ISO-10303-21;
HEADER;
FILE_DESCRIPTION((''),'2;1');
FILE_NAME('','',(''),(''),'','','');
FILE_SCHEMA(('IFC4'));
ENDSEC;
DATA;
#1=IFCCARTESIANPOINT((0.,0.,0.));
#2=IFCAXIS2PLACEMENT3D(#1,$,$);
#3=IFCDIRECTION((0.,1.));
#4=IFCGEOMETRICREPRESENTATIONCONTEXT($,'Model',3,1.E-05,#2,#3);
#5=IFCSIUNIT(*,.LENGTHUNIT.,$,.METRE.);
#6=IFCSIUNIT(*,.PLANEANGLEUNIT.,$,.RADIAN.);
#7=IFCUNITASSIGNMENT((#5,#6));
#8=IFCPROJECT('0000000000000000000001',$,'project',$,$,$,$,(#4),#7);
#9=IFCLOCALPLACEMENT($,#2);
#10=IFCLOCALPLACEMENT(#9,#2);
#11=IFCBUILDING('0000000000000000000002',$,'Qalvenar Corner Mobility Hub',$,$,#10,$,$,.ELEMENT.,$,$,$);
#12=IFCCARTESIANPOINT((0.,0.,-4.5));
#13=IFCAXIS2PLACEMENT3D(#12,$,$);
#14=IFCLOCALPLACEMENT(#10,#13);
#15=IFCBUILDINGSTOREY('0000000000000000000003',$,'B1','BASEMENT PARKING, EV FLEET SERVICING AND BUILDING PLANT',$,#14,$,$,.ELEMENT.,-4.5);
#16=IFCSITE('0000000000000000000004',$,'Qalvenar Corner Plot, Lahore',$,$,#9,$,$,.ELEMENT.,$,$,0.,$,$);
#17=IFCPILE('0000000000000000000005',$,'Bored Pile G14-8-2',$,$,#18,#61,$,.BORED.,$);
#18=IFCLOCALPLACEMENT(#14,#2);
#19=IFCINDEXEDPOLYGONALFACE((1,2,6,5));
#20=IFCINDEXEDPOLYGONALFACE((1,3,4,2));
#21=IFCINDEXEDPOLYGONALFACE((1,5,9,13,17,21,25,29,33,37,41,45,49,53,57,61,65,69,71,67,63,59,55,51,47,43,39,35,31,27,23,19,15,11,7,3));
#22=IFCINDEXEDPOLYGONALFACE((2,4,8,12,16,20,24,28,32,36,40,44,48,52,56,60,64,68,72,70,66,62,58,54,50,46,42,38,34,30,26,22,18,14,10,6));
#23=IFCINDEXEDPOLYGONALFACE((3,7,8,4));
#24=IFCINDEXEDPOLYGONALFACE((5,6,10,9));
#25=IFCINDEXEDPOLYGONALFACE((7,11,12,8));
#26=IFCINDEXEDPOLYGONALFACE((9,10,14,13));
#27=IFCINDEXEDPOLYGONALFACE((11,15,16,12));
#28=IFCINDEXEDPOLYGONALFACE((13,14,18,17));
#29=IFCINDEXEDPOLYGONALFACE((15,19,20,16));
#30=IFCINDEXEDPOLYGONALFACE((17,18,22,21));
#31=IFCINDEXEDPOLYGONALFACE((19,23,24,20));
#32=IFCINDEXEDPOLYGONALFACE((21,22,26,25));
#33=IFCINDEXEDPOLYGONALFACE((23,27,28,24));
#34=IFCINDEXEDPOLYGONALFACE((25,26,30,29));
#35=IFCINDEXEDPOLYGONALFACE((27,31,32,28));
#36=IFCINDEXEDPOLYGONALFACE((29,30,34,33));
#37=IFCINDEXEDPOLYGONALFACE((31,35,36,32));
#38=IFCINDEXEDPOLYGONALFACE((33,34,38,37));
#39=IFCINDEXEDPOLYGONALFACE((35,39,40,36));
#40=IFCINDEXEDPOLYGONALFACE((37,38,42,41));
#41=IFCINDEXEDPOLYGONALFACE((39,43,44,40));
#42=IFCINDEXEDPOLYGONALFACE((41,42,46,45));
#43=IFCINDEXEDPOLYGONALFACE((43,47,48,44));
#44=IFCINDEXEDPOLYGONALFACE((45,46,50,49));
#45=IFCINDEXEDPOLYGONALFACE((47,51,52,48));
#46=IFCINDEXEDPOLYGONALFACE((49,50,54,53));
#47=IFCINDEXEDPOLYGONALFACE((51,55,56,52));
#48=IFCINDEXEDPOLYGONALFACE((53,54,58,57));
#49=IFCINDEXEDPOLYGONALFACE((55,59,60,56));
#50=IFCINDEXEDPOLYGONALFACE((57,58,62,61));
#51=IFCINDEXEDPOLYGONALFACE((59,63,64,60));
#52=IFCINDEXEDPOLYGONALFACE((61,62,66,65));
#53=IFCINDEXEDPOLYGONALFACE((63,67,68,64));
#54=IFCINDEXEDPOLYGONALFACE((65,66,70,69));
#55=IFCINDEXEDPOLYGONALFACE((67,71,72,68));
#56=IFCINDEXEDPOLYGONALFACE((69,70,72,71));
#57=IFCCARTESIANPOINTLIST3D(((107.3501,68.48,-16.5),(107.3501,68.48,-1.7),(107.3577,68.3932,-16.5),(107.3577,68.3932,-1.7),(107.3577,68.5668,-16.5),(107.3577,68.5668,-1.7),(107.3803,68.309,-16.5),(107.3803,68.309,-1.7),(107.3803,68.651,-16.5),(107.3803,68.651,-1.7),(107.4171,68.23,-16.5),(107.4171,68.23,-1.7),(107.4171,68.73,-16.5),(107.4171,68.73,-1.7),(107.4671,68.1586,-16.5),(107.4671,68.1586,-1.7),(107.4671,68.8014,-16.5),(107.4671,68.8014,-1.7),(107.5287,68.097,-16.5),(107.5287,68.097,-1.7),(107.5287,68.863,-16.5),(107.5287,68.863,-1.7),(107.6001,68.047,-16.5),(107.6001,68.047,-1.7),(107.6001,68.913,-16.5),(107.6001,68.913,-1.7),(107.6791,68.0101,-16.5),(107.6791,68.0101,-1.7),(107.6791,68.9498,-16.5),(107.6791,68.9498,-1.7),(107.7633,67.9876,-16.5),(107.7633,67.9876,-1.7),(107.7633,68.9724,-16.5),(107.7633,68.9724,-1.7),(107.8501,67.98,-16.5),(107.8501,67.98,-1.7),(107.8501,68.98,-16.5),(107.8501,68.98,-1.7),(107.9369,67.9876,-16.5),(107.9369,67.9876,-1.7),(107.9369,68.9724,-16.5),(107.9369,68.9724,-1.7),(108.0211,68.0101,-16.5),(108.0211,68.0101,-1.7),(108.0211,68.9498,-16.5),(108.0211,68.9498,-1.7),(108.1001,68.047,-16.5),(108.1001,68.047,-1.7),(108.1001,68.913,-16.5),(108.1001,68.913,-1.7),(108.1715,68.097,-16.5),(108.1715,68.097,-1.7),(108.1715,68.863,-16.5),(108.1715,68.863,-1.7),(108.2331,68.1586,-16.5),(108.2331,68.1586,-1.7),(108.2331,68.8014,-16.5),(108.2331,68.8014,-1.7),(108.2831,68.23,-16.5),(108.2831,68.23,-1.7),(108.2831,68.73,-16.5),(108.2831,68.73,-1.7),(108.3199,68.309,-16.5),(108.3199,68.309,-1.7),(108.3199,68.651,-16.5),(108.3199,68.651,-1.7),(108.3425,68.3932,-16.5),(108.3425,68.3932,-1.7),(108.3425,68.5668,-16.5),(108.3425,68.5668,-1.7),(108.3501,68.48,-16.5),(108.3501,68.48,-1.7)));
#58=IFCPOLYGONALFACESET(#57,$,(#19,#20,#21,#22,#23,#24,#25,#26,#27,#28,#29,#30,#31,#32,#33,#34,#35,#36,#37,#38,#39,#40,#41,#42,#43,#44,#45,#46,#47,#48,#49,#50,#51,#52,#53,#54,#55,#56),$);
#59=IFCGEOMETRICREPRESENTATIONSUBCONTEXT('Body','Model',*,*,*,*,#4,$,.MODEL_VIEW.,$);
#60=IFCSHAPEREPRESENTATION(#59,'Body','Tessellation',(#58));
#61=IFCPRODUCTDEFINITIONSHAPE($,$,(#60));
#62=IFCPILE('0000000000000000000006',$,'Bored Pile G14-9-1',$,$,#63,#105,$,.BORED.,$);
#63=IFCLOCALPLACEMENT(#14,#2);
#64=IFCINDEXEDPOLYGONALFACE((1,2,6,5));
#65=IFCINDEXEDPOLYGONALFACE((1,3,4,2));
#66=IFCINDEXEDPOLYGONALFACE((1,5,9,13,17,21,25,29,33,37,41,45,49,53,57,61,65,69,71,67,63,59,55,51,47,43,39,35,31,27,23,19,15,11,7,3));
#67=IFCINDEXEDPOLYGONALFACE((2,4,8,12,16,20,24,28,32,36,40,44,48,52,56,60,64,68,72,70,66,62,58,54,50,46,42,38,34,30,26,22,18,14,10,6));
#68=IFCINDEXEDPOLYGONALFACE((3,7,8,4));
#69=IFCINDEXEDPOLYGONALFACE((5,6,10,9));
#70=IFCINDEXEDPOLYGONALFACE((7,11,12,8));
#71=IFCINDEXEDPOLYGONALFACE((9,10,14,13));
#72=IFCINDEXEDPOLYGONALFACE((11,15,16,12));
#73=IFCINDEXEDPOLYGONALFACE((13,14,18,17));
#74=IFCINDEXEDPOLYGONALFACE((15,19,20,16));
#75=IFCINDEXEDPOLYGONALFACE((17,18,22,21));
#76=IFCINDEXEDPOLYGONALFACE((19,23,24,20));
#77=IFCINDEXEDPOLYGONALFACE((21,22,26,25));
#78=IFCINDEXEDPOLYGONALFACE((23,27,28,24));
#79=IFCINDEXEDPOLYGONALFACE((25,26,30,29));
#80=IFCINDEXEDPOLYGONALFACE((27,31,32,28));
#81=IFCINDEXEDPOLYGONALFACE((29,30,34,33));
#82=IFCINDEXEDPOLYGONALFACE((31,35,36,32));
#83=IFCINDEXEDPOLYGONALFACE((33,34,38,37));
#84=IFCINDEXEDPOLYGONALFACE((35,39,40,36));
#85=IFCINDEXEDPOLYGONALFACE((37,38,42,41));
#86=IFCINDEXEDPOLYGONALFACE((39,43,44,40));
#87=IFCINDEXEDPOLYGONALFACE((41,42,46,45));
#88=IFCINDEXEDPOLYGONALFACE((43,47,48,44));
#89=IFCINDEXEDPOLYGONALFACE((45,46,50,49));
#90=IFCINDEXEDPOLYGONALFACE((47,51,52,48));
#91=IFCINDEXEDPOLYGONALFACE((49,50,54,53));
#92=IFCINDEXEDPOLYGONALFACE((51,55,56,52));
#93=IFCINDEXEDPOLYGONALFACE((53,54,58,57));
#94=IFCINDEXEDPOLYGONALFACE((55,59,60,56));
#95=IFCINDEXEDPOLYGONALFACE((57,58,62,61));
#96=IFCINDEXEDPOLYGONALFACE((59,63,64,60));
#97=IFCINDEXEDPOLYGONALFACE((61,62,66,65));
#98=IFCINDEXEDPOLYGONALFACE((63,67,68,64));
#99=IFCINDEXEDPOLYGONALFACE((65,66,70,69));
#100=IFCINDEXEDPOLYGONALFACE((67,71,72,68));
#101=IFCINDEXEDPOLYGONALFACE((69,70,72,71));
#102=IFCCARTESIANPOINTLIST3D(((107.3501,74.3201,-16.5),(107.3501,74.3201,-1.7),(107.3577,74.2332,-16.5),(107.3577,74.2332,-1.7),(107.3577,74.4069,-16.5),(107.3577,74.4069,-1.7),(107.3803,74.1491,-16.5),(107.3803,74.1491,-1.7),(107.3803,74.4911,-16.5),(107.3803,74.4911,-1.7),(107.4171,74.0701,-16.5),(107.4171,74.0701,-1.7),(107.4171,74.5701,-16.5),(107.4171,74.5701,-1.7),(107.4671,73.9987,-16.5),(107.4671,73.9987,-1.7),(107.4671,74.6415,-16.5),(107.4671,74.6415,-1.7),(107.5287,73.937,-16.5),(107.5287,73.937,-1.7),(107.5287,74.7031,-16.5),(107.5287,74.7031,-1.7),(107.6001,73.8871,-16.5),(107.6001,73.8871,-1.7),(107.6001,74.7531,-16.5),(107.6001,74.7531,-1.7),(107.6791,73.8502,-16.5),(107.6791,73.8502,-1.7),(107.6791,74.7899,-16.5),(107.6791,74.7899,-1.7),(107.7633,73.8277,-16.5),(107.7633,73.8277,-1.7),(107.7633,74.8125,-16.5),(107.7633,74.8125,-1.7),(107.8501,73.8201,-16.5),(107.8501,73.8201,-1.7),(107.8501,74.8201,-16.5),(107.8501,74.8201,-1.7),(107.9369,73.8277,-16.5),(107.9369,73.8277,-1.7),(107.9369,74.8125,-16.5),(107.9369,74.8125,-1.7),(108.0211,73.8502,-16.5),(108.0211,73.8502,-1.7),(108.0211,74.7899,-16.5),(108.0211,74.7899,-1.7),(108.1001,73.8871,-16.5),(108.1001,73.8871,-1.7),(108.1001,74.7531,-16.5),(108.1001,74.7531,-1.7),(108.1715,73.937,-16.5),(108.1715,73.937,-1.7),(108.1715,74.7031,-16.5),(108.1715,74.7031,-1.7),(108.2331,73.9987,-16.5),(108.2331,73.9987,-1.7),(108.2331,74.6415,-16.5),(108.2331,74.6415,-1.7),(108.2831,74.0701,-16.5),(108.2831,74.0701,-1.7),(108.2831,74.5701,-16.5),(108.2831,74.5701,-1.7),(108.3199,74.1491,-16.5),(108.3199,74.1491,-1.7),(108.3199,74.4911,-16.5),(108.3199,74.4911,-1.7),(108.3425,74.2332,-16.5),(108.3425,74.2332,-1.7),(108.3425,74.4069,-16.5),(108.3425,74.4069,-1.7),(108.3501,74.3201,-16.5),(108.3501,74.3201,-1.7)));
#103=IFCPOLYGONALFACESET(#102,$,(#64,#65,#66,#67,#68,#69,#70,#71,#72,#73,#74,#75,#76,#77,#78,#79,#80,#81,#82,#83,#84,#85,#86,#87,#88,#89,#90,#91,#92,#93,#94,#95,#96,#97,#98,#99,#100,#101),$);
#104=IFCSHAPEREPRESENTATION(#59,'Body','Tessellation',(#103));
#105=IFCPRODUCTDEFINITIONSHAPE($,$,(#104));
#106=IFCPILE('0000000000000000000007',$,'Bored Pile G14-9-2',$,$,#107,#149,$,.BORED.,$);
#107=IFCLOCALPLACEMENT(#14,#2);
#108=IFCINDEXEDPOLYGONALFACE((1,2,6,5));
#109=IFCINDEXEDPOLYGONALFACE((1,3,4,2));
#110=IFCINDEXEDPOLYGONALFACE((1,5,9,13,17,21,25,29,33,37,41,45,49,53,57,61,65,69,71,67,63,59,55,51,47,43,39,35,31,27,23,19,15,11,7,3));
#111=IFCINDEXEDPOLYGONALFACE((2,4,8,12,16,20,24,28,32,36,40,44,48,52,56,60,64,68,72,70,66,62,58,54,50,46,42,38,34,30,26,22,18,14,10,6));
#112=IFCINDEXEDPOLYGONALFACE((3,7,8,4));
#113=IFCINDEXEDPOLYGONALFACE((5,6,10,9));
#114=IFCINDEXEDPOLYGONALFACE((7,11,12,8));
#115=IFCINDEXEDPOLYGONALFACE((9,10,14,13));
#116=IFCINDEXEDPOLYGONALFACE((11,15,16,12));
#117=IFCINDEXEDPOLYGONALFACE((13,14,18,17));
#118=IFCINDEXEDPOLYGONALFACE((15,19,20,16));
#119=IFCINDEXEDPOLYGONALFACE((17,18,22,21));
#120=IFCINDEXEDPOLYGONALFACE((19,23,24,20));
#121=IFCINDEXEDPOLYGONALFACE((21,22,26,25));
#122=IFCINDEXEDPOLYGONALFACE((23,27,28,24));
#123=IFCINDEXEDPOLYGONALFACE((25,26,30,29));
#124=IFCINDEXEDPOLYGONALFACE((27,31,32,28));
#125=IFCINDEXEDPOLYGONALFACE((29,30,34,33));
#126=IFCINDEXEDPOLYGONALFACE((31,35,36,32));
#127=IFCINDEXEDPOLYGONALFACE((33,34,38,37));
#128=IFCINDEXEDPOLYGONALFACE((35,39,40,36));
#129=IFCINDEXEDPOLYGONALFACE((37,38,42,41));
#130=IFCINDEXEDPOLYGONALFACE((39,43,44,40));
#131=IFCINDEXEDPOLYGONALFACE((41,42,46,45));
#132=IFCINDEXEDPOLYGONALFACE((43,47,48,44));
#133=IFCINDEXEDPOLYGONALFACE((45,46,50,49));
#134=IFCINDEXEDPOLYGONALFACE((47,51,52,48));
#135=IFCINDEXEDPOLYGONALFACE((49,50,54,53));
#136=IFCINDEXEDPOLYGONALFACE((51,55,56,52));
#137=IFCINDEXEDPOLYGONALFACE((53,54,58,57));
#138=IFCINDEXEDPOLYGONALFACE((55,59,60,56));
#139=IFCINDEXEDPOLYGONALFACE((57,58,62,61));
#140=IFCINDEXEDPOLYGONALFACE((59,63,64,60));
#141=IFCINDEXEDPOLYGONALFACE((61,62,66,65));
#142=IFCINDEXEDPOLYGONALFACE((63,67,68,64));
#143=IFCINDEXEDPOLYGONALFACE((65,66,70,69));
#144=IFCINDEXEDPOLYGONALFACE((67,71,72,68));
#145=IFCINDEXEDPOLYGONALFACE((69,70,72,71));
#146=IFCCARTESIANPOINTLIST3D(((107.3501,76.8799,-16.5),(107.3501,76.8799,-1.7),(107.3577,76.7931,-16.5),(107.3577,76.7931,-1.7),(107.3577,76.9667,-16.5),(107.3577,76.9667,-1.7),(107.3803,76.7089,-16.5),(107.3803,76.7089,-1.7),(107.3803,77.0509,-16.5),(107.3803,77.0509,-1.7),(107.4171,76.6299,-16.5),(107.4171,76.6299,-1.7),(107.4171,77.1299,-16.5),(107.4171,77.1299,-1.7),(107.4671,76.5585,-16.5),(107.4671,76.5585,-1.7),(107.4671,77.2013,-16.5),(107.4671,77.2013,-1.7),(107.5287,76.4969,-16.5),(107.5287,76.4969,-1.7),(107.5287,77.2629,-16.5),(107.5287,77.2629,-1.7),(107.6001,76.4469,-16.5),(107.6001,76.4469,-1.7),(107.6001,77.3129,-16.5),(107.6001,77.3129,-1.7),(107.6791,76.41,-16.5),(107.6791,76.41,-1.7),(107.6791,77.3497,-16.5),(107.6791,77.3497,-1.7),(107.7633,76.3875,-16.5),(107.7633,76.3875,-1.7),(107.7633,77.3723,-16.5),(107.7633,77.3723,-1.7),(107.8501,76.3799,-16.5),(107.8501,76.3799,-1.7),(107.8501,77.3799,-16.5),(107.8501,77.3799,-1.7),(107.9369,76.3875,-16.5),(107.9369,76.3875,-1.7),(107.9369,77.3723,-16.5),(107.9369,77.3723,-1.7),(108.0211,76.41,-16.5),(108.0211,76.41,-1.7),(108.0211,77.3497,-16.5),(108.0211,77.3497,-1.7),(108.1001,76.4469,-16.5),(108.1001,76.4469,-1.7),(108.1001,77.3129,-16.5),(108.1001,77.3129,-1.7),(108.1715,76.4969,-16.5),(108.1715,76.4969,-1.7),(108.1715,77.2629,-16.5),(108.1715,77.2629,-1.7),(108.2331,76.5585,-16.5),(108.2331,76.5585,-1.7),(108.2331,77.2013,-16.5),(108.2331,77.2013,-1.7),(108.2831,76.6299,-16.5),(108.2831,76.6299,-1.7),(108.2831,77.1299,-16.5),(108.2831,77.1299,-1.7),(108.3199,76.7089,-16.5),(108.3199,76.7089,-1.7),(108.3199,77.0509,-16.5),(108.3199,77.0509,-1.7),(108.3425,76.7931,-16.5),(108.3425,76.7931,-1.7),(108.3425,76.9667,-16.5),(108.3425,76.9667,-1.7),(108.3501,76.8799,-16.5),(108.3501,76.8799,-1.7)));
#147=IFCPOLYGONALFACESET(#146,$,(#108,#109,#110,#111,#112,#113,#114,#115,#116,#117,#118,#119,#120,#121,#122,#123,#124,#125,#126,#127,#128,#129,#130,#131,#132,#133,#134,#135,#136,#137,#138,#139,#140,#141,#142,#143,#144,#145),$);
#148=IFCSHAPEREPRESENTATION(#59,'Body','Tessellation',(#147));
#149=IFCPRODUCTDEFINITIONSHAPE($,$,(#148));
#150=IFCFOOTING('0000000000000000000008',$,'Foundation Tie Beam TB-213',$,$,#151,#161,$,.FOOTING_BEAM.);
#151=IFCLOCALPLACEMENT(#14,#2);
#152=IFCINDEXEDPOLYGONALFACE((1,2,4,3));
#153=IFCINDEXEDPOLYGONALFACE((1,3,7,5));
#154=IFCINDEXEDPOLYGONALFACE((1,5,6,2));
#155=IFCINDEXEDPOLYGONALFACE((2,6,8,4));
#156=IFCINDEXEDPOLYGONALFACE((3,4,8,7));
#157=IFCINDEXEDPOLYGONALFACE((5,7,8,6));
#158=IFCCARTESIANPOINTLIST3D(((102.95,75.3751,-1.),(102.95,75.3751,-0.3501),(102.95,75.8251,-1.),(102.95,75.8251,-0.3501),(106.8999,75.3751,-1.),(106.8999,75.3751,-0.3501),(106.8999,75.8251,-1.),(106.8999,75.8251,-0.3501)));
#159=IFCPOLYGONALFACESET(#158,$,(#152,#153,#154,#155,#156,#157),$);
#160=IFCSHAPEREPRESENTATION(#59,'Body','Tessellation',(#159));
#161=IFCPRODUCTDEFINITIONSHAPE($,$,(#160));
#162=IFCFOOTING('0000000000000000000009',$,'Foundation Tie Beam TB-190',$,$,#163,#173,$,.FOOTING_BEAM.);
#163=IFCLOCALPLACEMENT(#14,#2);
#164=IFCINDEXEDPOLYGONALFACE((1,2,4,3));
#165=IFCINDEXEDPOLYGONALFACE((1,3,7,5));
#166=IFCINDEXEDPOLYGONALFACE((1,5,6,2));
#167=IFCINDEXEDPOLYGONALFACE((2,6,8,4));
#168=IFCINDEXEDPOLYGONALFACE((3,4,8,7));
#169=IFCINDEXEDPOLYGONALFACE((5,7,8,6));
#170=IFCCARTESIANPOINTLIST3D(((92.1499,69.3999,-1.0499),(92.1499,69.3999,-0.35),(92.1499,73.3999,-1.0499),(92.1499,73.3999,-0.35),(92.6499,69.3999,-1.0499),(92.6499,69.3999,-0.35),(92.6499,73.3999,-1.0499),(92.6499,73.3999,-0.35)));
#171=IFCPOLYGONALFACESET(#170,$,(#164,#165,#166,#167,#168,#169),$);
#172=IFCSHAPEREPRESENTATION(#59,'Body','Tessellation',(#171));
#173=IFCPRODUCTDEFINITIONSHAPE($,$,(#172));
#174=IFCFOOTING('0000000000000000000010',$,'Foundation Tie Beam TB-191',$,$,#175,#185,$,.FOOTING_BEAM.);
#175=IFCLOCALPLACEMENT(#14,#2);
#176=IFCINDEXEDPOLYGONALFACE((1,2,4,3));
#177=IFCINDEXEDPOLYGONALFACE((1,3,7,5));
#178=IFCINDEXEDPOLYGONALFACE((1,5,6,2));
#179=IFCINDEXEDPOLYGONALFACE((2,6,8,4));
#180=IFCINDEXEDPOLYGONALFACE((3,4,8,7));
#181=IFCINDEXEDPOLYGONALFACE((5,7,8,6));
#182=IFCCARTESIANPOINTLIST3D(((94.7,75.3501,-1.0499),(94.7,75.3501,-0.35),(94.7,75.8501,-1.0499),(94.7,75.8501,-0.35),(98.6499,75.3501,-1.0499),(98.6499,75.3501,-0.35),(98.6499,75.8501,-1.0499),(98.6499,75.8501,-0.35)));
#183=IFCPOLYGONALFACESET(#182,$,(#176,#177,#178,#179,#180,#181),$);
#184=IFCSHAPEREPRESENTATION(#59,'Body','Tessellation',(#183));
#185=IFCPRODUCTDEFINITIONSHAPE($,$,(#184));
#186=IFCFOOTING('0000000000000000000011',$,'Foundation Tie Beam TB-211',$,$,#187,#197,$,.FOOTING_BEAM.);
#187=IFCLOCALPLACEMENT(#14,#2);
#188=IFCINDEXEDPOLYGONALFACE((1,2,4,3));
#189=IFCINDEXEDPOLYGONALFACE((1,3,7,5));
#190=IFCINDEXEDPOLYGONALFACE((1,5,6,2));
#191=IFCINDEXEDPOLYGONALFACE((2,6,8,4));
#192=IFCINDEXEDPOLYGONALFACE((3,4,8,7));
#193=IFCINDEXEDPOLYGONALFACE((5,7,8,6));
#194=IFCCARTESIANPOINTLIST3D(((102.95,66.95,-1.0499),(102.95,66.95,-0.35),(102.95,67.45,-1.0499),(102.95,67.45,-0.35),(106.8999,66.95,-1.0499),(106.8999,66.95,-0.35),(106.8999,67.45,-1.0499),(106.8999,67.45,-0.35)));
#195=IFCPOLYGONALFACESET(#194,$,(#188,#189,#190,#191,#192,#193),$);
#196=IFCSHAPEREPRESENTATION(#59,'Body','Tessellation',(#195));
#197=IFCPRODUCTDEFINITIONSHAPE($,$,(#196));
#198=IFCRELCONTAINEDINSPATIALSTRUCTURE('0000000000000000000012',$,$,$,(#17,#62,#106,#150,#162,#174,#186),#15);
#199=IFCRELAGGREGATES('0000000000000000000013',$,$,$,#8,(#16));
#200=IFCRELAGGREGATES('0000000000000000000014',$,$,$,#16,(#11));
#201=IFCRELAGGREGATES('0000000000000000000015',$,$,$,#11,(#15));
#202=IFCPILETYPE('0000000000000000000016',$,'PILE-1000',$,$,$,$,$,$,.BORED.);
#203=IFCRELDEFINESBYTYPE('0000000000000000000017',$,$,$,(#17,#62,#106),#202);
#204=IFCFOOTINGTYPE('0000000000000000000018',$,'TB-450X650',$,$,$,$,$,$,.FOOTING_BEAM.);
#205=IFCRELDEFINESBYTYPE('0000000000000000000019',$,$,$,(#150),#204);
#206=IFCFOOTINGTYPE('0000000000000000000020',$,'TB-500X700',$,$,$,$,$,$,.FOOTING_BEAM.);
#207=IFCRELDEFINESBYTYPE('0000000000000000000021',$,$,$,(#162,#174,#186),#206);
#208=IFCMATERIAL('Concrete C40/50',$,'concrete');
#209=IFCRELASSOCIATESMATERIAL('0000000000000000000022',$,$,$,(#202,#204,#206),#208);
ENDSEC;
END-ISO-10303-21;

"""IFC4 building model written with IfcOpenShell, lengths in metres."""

from ifc_helpers import new_model, si_unit, direction, frame, origin, origin_2d, place, context, subcontext, project, spatial, rectangle, circle, extrude, material, material_profile, profile_set, type_object, element, save


model = new_model("IFC4")

# Units and contexts
model_context = context("Model", 3, precision=1e-05, world=origin(), true_north=direction((0.0, 1.0)))
body_context = subcontext(model_context, "Body", "Model", "MODEL_VIEW")
ifc_project = project(units=[si_unit("LENGTHUNIT", "METRE"), si_unit("PLANEANGLEUNIT", "RADIAN")], contexts=[model_context])

# Site, building, storey
site_placement = place(None, origin())
site = spatial("IfcSite", under=ifc_project, at=site_placement, Name="Qalvenar Corner Plot, Lahore", CompositionType="ELEMENT", RefElevation=0.0)
building_placement = place(site_placement, origin())
building = spatial("IfcBuilding", under=site, at=building_placement, Name="Qalvenar Corner Mobility Hub", CompositionType="ELEMENT")
storey_placement = place(building_placement, frame((0.0, 0.0, -4.5)))
storey = spatial("IfcBuildingStorey", under=building, at=storey_placement, Name="B1", Description="BASEMENT PARKING, EV FLEET SERVICING AND BUILDING PLANT", CompositionType="ELEMENT", Elevation=-4.5)

# Shared definitions
ifc_material_1 = material(Name="Concrete C40/50", Category="concrete")

# Piles
ifc_material_profile_1 = material_profile(ifc_material_1, circle(Radius=0.5, at=origin_2d()), Name="DIA1000")
ifc_profile_set_1 = profile_set([ifc_material_profile_1], Name="Concrete C40/50")
pile_type = type_object("IfcPileType", Name="PILE-1000", PredefinedType="BORED", material=ifc_profile_set_1)
for number, where, z_axis, x_axis, name in (
    (1, (107.8501, 68.48, -1.7), (0.0, 0.0, -1.0), (1.0, 0.0, 0.0), "Bored Pile G14-8-2"),
    (2, (107.8501, 74.3201, -1.7), (0.0, 0.0, -1.0), (1.0, 0.0, 0.0), "Bored Pile G14-9-1"),
    (3, (107.8501, 76.8799, -1.7), (0.0, 0.0, -1.0), (1.0, 0.0, 0.0), "Bored Pile G14-9-2"),
):
    element("IfcPile", number, at=place(storey_placement, frame(where, z_axis=z_axis, x_axis=x_axis)), inside=storey, type_object=pile_type, Name=name, PredefinedType="BORED", context=body_context, shape_type="SweptSolid", body=[
        extrude(circle(Radius=0.5, at=origin_2d()), origin(), (0.0, 0.0, 1.0), 14.8),
    ])

# Footings
ifc_material_profile_2 = material_profile(ifc_material_1, rectangle(XDim=0.45, YDim=0.6499, at=origin_2d()), Name="RC450x650")
ifc_profile_set_2 = profile_set([ifc_material_profile_2], Name="Concrete C40/50")
footing_type_1 = type_object("IfcFootingType", Name="TB-450X650", PredefinedType="FOOTING_BEAM", material=ifc_profile_set_2)
footing_1_placement = place(storey_placement, frame((102.95, 75.6001, -0.675), z_axis=(1.0, 0.0, 0.0), x_axis=(0.0, 1.0, 0.0)))
element("IfcFooting", 4, at=footing_1_placement, inside=storey, type_object=footing_type_1, Name="Foundation Tie Beam TB-213", PredefinedType="FOOTING_BEAM", context=body_context, shape_type="SweptSolid", body=[
    extrude(rectangle(XDim=0.45, YDim=0.6499, at=origin_2d()), origin(), (0.0, 0.0, 1.0), 3.95),
])
ifc_material_profile_3 = material_profile(ifc_material_1, rectangle(XDim=0.5, YDim=0.7, at=origin_2d()), Name="RC500x700")
ifc_profile_set_3 = profile_set([ifc_material_profile_3], Name="Concrete C40/50")
footing_type_2 = type_object("IfcFootingType", Name="TB-500X700", PredefinedType="FOOTING_BEAM", material=ifc_profile_set_3)
footing_2_placement = place(storey_placement, frame((92.3999, 69.3999, -0.7), z_axis=(0.0, 1.0, 0.0), x_axis=(-1.0, 0.0, 0.0)))
element("IfcFooting", 5, at=footing_2_placement, inside=storey, type_object=footing_type_2, Name="Foundation Tie Beam TB-190", PredefinedType="FOOTING_BEAM", context=body_context, shape_type="SweptSolid", body=[
    extrude(rectangle(XDim=0.5, YDim=0.7, at=origin_2d()), origin(), (0.0, 0.0, 1.0), 4.0),
])
for number, where, z_axis, x_axis, name in (
    (6, (94.7, 75.6001, -0.7), (1.0, 0.0, 0.0), (0.0, 1.0, 0.0), "Foundation Tie Beam TB-191"),
    (7, (102.95, 67.2, -0.7), (1.0, 0.0, 0.0), (0.0, 1.0, 0.0), "Foundation Tie Beam TB-211"),
):
    element("IfcFooting", number, at=place(storey_placement, frame(where, z_axis=z_axis, x_axis=x_axis)), inside=storey, type_object=footing_type_2, Name=name, PredefinedType="FOOTING_BEAM", context=body_context, shape_type="SweptSolid", body=[
        extrude(rectangle(XDim=0.5, YDim=0.7, at=origin_2d()), origin(), (0.0, 0.0, 1.0), 3.95),
    ])

save(model, "model.ifc")
